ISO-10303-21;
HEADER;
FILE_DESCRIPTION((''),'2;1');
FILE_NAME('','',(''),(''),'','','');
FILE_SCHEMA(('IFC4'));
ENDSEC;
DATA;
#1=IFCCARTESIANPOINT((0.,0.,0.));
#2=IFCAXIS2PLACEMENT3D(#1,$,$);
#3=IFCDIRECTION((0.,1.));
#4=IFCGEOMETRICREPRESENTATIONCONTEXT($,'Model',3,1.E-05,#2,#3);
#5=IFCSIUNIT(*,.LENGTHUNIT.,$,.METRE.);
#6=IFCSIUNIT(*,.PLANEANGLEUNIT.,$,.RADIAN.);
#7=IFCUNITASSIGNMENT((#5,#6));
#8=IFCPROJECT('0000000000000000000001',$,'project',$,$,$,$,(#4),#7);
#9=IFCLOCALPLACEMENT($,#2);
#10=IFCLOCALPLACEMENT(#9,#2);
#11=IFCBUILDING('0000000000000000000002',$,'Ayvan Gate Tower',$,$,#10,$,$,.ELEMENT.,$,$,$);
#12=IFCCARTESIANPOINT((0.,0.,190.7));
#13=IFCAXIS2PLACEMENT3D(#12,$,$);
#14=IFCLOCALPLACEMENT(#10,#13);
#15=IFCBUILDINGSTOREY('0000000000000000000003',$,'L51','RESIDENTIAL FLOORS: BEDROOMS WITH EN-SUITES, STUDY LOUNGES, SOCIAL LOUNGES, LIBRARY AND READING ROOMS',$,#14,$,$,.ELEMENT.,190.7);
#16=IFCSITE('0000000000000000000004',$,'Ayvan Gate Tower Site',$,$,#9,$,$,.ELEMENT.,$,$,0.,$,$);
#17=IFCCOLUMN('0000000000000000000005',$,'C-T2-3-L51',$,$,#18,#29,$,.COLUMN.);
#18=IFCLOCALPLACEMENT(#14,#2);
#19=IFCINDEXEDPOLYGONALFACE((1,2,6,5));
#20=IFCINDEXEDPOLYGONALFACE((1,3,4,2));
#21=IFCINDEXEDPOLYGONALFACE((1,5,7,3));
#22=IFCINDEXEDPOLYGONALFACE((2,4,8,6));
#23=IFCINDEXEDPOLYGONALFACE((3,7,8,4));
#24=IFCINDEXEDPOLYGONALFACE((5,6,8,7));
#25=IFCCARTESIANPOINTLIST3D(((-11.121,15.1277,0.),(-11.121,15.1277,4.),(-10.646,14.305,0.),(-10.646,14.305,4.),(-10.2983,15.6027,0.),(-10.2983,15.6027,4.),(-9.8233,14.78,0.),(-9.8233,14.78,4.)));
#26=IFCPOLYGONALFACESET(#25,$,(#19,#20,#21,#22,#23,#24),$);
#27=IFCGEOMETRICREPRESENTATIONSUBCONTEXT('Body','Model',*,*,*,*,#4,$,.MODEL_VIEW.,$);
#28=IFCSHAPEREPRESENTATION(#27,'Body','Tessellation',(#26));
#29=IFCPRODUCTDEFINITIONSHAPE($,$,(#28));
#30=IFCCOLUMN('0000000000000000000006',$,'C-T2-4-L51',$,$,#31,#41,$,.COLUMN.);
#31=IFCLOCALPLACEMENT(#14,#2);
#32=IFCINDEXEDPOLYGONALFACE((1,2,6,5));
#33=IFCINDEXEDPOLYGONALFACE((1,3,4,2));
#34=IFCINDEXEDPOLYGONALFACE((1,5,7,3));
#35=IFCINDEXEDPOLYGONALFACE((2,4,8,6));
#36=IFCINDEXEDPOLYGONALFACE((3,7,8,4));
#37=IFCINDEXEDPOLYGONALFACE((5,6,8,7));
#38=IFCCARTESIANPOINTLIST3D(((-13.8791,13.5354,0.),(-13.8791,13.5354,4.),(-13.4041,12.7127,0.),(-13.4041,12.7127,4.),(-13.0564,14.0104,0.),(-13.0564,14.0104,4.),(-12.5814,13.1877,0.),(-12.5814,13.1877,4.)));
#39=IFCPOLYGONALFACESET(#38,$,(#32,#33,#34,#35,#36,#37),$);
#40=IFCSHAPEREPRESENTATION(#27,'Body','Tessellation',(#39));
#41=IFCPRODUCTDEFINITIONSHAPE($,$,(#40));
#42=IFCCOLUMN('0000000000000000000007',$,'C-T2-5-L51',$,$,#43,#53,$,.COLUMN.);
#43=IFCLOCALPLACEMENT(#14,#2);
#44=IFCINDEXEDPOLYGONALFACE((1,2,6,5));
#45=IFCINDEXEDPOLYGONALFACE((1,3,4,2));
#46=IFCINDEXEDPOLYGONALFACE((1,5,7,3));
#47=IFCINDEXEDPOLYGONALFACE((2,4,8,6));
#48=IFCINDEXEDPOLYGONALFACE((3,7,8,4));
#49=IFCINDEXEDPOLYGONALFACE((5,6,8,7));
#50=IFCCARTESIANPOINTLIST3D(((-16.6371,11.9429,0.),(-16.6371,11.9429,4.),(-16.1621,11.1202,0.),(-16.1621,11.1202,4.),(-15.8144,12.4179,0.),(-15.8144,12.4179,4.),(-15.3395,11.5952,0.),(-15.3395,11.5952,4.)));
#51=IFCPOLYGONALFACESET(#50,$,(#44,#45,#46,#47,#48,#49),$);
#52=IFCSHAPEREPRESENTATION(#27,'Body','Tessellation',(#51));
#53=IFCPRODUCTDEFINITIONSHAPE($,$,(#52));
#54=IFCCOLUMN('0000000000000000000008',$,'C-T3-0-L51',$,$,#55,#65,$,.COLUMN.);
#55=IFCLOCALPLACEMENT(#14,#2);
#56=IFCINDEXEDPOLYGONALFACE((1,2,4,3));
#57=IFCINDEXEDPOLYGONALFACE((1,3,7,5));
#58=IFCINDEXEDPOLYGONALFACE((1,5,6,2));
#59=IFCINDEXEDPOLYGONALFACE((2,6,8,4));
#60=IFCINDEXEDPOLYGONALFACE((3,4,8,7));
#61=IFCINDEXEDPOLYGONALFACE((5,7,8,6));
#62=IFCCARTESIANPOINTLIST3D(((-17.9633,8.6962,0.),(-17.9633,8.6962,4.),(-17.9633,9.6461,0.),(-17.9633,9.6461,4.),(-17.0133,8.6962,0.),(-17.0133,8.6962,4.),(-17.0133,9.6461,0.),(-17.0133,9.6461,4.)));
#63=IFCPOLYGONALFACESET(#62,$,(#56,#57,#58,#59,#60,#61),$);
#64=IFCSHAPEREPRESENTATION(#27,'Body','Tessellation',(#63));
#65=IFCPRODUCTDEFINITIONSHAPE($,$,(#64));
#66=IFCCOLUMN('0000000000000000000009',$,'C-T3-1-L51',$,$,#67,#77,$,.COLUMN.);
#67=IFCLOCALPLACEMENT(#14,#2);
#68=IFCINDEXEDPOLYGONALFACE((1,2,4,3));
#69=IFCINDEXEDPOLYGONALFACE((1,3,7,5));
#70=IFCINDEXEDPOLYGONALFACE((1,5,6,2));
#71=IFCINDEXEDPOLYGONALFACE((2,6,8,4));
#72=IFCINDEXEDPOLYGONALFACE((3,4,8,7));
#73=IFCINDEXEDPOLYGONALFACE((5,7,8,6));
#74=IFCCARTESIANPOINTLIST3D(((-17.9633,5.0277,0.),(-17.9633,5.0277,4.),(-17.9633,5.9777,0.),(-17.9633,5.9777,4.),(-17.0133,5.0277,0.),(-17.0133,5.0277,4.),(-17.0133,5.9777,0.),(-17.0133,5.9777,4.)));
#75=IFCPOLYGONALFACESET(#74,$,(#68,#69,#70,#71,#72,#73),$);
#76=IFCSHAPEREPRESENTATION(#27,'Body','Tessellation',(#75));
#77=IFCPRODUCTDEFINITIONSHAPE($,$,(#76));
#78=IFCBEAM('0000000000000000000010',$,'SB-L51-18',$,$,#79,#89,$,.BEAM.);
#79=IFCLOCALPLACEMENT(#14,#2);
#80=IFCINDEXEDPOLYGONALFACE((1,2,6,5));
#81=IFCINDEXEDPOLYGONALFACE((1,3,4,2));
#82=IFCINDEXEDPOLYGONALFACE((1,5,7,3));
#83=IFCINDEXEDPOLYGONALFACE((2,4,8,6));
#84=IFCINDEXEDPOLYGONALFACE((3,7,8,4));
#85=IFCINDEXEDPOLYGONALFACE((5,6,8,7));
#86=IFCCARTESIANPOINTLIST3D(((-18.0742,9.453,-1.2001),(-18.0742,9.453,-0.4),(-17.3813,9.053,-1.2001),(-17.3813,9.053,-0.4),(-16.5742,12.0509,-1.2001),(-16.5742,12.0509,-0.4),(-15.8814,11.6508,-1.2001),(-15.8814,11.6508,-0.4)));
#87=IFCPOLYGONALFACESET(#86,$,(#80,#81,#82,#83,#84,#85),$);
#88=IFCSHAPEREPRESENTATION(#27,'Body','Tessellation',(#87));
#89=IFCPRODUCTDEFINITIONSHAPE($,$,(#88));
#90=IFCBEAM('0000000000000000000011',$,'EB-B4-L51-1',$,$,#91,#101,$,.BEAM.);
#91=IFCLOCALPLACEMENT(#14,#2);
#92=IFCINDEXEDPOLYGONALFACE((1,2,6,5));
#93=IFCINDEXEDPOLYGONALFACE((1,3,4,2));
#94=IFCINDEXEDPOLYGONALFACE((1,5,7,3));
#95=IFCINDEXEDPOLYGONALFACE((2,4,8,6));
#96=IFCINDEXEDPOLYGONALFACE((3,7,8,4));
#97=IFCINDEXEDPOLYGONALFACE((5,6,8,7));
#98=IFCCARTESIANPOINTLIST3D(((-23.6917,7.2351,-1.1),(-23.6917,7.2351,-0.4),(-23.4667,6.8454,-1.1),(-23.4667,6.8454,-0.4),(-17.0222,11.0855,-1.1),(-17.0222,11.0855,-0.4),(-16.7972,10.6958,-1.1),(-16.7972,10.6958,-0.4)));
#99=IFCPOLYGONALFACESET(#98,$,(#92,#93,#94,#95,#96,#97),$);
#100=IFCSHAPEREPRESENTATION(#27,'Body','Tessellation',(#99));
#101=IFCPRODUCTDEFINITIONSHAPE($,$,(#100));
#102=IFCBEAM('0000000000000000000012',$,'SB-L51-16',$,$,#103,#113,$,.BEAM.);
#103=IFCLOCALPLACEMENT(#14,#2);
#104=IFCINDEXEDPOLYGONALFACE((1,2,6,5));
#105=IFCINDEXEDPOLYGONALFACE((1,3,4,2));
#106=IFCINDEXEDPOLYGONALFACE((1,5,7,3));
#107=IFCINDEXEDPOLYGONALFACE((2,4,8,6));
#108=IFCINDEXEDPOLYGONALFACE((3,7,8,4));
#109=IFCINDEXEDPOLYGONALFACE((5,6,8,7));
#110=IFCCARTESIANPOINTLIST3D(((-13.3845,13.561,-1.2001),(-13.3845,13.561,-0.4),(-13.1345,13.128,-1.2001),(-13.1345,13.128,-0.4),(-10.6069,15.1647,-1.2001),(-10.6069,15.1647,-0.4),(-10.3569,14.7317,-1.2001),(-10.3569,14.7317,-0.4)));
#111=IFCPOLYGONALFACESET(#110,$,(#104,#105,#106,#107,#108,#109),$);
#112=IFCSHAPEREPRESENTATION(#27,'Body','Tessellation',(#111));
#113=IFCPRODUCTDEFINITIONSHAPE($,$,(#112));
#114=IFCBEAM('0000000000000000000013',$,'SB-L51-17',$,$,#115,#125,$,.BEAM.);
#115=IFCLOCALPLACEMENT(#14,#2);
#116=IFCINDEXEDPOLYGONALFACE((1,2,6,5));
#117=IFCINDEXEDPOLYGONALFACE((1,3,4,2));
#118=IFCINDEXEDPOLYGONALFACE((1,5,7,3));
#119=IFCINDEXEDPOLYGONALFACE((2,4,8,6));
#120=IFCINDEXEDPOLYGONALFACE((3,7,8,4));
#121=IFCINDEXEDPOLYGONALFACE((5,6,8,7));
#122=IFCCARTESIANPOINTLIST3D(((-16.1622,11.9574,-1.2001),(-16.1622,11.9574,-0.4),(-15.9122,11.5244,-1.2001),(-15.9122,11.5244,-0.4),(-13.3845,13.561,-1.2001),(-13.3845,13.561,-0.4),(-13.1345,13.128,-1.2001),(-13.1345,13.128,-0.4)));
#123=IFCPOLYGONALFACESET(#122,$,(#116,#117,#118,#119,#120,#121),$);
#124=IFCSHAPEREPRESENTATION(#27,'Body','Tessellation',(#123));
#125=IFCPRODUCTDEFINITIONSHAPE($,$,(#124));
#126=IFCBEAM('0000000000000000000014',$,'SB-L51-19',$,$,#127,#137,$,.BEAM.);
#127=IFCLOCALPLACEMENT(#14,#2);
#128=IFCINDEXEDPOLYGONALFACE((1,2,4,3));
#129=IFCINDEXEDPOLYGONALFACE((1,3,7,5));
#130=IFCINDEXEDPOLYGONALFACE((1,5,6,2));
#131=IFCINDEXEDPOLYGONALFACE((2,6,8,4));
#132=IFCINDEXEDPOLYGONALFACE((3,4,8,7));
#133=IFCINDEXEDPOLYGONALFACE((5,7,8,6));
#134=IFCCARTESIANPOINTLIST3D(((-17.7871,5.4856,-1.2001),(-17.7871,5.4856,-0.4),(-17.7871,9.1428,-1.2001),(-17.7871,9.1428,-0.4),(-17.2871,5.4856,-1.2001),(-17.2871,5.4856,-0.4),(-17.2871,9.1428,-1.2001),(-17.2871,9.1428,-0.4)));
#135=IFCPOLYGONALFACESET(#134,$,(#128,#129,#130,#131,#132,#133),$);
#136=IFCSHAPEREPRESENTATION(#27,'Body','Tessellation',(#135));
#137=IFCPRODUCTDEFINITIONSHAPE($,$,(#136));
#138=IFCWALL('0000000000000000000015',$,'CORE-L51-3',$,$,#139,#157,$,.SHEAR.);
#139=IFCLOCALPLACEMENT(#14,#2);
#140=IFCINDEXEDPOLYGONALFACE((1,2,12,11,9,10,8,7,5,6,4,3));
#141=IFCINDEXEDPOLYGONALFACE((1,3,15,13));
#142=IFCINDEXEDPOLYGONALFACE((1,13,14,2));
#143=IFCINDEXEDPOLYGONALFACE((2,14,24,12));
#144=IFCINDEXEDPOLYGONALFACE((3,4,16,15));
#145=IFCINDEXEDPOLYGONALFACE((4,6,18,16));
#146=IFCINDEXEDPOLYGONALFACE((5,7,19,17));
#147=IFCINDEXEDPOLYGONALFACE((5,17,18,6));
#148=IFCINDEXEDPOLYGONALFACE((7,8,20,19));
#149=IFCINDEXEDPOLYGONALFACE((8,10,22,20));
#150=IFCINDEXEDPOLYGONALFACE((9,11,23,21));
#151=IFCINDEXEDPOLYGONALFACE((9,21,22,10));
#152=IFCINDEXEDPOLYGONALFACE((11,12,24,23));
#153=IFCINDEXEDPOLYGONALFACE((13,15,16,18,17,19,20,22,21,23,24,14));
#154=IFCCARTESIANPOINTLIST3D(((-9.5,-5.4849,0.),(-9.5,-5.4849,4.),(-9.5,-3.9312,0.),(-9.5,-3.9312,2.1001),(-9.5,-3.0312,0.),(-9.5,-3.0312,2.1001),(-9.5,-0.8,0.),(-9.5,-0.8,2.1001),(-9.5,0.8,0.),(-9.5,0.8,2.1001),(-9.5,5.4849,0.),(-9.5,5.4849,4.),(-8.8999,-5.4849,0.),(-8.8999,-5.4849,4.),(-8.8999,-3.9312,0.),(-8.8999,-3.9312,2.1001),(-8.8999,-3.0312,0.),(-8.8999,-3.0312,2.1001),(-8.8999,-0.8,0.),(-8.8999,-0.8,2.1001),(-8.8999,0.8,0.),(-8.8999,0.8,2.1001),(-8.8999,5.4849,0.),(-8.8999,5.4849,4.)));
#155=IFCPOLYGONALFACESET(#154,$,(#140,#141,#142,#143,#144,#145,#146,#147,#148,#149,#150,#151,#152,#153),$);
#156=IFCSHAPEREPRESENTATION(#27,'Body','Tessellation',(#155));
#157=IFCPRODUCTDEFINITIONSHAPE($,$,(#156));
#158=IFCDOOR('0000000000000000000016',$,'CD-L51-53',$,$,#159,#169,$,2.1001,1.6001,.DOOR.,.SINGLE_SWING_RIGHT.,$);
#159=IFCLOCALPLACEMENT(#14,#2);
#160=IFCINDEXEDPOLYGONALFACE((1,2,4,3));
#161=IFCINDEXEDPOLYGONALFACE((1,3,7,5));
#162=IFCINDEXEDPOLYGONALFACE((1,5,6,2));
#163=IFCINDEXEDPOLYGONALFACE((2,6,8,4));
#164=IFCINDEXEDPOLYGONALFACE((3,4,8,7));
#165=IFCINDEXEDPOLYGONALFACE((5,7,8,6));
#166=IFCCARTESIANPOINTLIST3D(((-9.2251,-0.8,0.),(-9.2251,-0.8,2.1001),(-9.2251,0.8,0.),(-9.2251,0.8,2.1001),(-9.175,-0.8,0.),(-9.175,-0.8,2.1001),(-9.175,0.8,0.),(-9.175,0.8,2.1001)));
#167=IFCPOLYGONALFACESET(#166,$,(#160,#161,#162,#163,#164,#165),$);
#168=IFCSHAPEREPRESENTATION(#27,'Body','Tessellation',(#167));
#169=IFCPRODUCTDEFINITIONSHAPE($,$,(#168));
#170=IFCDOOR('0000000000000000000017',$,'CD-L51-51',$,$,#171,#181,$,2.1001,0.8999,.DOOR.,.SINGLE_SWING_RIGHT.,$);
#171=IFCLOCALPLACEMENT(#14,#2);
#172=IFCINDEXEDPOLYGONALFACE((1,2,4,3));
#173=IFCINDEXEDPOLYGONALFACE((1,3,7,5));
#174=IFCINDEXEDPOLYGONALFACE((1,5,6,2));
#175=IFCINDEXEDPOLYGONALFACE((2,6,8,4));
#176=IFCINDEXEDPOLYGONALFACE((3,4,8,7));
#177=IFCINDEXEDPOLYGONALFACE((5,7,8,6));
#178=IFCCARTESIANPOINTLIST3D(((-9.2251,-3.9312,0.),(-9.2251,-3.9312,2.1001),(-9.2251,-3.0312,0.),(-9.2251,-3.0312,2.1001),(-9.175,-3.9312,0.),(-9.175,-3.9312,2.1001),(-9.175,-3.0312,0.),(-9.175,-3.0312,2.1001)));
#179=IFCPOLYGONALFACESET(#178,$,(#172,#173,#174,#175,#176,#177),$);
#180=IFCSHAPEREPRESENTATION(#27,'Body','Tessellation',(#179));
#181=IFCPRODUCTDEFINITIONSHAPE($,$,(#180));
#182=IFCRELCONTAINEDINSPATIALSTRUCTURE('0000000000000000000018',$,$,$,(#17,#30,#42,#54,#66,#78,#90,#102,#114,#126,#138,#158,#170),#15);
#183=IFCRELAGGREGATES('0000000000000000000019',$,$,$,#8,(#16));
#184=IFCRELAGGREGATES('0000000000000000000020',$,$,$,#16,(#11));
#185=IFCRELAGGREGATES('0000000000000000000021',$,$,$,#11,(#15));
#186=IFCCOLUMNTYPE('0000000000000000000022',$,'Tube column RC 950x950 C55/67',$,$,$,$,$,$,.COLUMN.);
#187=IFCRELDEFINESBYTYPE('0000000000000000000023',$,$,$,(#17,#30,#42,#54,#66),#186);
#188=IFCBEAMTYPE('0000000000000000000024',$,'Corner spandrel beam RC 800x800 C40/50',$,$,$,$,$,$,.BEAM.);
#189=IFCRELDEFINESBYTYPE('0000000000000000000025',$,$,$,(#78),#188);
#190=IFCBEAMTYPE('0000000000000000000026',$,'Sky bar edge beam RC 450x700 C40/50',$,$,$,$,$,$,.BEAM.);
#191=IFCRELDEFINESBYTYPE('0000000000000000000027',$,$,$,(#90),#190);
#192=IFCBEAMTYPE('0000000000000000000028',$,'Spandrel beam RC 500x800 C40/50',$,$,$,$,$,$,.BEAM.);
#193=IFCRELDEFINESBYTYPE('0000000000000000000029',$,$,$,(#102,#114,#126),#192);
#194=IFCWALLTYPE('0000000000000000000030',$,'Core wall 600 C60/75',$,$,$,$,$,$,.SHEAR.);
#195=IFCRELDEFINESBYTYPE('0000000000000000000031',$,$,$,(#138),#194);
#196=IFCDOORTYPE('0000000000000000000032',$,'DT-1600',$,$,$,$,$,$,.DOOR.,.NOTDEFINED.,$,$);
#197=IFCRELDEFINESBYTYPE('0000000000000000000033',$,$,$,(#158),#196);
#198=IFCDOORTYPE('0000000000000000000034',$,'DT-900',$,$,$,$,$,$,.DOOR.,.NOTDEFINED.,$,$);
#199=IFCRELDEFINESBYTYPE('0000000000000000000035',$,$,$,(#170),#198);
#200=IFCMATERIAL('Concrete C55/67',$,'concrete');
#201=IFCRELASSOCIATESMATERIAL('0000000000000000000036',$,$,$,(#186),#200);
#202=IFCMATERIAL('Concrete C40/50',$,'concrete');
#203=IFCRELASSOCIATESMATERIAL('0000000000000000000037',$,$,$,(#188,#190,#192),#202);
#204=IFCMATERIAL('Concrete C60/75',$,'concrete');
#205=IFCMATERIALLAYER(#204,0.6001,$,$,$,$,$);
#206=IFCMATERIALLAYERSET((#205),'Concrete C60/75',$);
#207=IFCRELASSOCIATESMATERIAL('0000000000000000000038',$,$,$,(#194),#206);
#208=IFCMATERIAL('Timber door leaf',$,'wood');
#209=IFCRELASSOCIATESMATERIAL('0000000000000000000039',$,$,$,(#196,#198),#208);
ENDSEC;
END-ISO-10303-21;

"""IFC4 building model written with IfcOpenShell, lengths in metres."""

from ifc_helpers import new_model, si_unit, direction, frame, frame_2d, origin, origin_2d, place, context, subcontext, project, spatial, rectangle, extrude, material, layer, layer_set, material_profile, profile_set, type_object, element, fill, save


model = new_model("IFC4")

# Units and contexts
model_context = context("Model", 3, precision=1e-05, world=origin(), true_north=direction((0.0, 1.0)))
body_context = subcontext(model_context, "Body", "Model", "MODEL_VIEW")
ifc_project = project(units=[si_unit("LENGTHUNIT", "METRE"), si_unit("PLANEANGLEUNIT", "RADIAN")], contexts=[model_context])

# Site, building, storey
site_placement = place(None, origin())
site = spatial("IfcSite", under=ifc_project, at=site_placement, Name="Ayvan Gate Tower Site", CompositionType="ELEMENT", RefElevation=0.0)
building_placement = place(site_placement, origin())
building = spatial("IfcBuilding", under=site, at=building_placement, Name="Ayvan Gate Tower", CompositionType="ELEMENT")
storey_placement = place(building_placement, frame((0.0, 0.0, 190.7)))
storey = spatial("IfcBuildingStorey", under=building, at=storey_placement, Name="L51", Description="RESIDENTIAL FLOORS: BEDROOMS WITH EN-SUITES, STUDY LOUNGES, SOCIAL LOUNGES, LIBRARY AND READING ROOMS", CompositionType="ELEMENT", Elevation=190.7)

# Columns
ifc_material_1 = material(Name="Concrete C55/67", Category="concrete")
ifc_material_profile_1 = material_profile(ifc_material_1, rectangle(XDim=0.95, YDim=0.95, at=origin_2d()), Name="RC 950x950")
ifc_profile_set_1 = profile_set([ifc_material_profile_1], Name="Concrete C55/67")
column_type = type_object("IfcColumnType", Name="Tube column RC 950x950 C55/67", PredefinedType="COLUMN", material=ifc_profile_set_1)
for number, where, z_axis, x_axis, name in (
    (1, (-10.4722, 14.9539, 0.0), (0.0, 0.0, 1.0), (-0.5, 0.866025, 0.0), "C-T2-3-L51"),
    (2, (-13.2302, 13.3616, 0.0), (0.0, 0.0, 1.0), (-0.5, 0.866025, 0.0), "C-T2-4-L51"),
    (3, (-15.9883, 11.769, 0.0), (0.0, 0.0, 1.0), (-0.5, 0.866025, 0.0), "C-T2-5-L51"),
    (4, (-17.4883, 9.1711, 0.0), (0.0, 0.0, 1.0), (-1.0, 0.0, 0.0), "C-T3-0-L51"),
    (5, (-17.4883, 5.5027, 0.0), (0.0, 0.0, 1.0), (-1.0, 0.0, 0.0), "C-T3-1-L51"),
):
    element("IfcColumn", number, at=place(storey_placement, frame(where, z_axis=z_axis, x_axis=x_axis)), inside=storey, type_object=column_type, Name=name, PredefinedType="COLUMN", context=body_context, shape_type="SweptSolid", body=[
        extrude(rectangle(XDim=0.95, YDim=0.95, at=origin_2d()), origin(), (0.0, 0.0, 1.0), 4.0),
    ])

# Beams
ifc_material_2 = material(Name="Concrete C40/50", Category="concrete")
ifc_material_profile_2 = material_profile(ifc_material_2, rectangle(XDim=0.8, YDim=0.8, at=origin_2d()), Name="RC 800x800")
ifc_profile_set_2 = profile_set([ifc_material_profile_2], Name="Concrete C40/50")
beam_type_1 = type_object("IfcBeamType", Name="Corner spandrel beam RC 800x800 C40/50", PredefinedType="BEAM", material=ifc_profile_set_2)
beam_1_placement = place(storey_placement, frame((-16.2278, 11.8508, -0.8), z_axis=(-0.500025, -0.866011, 0.0), x_axis=(0.866011, -0.500025, 0.0)))
element("IfcBeam", 6, at=beam_1_placement, inside=storey, type_object=beam_type_1, Name="SB-L51-18", PredefinedType="BEAM", context=body_context, shape_type="SweptSolid", body=[
    extrude(rectangle(XDim=0.8, YDim=0.8, at=origin_2d()), origin(), (0.0, 0.0, 1.0), 2.9998),
])
ifc_material_profile_3 = material_profile(ifc_material_2, rectangle(XDim=0.45, YDim=0.7, at=origin_2d()), Name="RC 450x700")
ifc_profile_set_3 = profile_set([ifc_material_profile_3], Name="Concrete C40/50")
beam_type_2 = type_object("IfcBeamType", Name="Sky bar edge beam RC 450x700 C40/50", PredefinedType="BEAM", material=ifc_profile_set_3)
beam_2_placement = place(storey_placement, frame((-16.9097, 10.8906, -0.75), z_axis=(-0.86604, -0.499975, 0.0), x_axis=(0.499975, -0.86604, 0.0)))
element("IfcBeam", 7, at=beam_2_placement, inside=storey, type_object=beam_type_2, Name="EB-B4-L51-1", PredefinedType="BEAM", context=body_context, shape_type="SweptSolid", body=[
    extrude(rectangle(XDim=0.45, YDim=0.7, at=origin_2d()), origin(), (0.0, 0.0, 1.0), 7.7012),
])
ifc_material_profile_4 = material_profile(ifc_material_2, rectangle(XDim=0.5, YDim=0.8, at=origin_2d()), Name="RC 500x800")
ifc_profile_set_4 = profile_set([ifc_material_profile_4], Name="Concrete C40/50")
beam_type_3 = type_object("IfcBeamType", Name="Spandrel beam RC 500x800 C40/50", PredefinedType="BEAM", material=ifc_profile_set_4)
for number, where, z_axis, x_axis, name in (
    (8, (-10.4819, 14.9482, -0.8), (-0.866009, -0.500028, 0.0), (0.500028, -0.866009, 0.0), "SB-L51-16"),
    (9, (-13.2595, 13.3445, -0.8), (-0.866042, -0.499971, 0.0), (0.499971, -0.866042, 0.0), "SB-L51-17"),
):
    element("IfcBeam", number, at=place(storey_placement, frame(where, z_axis=z_axis, x_axis=x_axis)), inside=storey, type_object=beam_type_3, Name=name, PredefinedType="BEAM", context=body_context, shape_type="SweptSolid", body=[
        extrude(rectangle(XDim=0.5, YDim=0.8, at=origin_2d()), origin(), (0.0, 0.0, 1.0), 3.2073),
    ])
beam_3_placement = place(storey_placement, frame((-17.5371, 9.1428, -0.8), z_axis=(0.0, -1.0, 0.0), x_axis=(1.0, 0.0, 0.0)))
element("IfcBeam", 10, at=beam_3_placement, inside=storey, type_object=beam_type_3, Name="SB-L51-19", PredefinedType="BEAM", context=body_context, shape_type="SweptSolid", body=[
    extrude(rectangle(XDim=0.5, YDim=0.8, at=origin_2d()), origin(), (0.0, 0.0, 1.0), 3.6572),
])

# Wall, openings, doors
ifc_material_3 = material(Name="Concrete C60/75", Category="concrete")
ifc_layer_1 = layer(ifc_material_3, 0.6001)
ifc_layer_set_1 = layer_set([ifc_layer_1], Name="Concrete C60/75")
wall_type_1 = type_object("IfcWallType", Name="Core wall 600 C60/75", PredefinedType="SHEAR", material=ifc_layer_set_1)
wall_1_placement = place(storey_placement, frame((-9.2, 5.4849, 0.0), z_axis=(0.0, 0.0, 1.0), x_axis=(0.0, -1.0, 0.0)))
wall_1 = element("IfcWall", 11, at=wall_1_placement, inside=storey, type_object=wall_type_1, Name="CORE-L51-3", PredefinedType="SHEAR", context=body_context, shape_type="SweptSolid", body=[
    extrude(rectangle(XDim=10.9697, YDim=0.6001, at=frame_2d((5.4849, 0.0))), origin(), (0.0, 0.0, 1.0), 4.0),
])
opening_1_placement = place(wall_1_placement, frame((8.5161, 0.0, 0.0)))
opening_1 = element("IfcOpeningElement", 12, at=opening_1_placement, cuts=wall_1, PredefinedType="OPENING", context=body_context, shape_type="SweptSolid", body=[
    extrude(rectangle(XDim=0.8999, YDim=2.1001, at=frame_2d((0.45, 1.05))), frame((0.0, 0.3101, 0.0), z_axis=(0.0, -1.0, 0.0), x_axis=(1.0, 0.0, 0.0)), (0.0, 0.0, 1.0), 0.6201),
])
opening_2_placement = place(wall_1_placement, frame((4.6848, 0.0, 0.0)))
opening_2 = element("IfcOpeningElement", 13, at=opening_2_placement, cuts=wall_1, PredefinedType="OPENING", context=body_context, shape_type="SweptSolid", body=[
    extrude(rectangle(XDim=1.6001, YDim=2.1001, at=frame_2d((0.8, 1.05))), frame((0.0, 0.3101, 0.0), z_axis=(0.0, -1.0, 0.0), x_axis=(1.0, 0.0, 0.0)), (0.0, 0.0, 1.0), 0.6201),
])
ifc_material_4 = material(Name="Timber door leaf", Category="wood")
door_type_1 = type_object("IfcDoorType", Name="DT-1600", OperationType="NOTDEFINED", PredefinedType="DOOR", material=ifc_material_4)
door_1_placement = place(opening_2_placement, origin())
door_1 = element("IfcDoor", 14, at=door_1_placement, inside=storey, type_object=door_type_1, Name="CD-L51-53", OperationType="SINGLE_SWING_RIGHT", OverallHeight=2.1001, OverallWidth=1.6001, PredefinedType="DOOR", context=body_context, shape_type="SweptSolid", body=[
    extrude(rectangle(XDim=1.6001, YDim=2.1001, at=frame_2d((0.8, 1.05))), frame((0.0, 0.0249, 0.0), z_axis=(0.0, -1.0, 0.0), x_axis=(1.0, 0.0, 0.0)), (0.0, 0.0, 1.0), 0.05),
])
fill(opening_2, door_1)
door_type_2 = type_object("IfcDoorType", Name="DT-900", OperationType="NOTDEFINED", PredefinedType="DOOR", material=ifc_material_4)
door_2_placement = place(opening_1_placement, origin())
door_2 = element("IfcDoor", 15, at=door_2_placement, inside=storey, type_object=door_type_2, Name="CD-L51-51", OperationType="SINGLE_SWING_RIGHT", OverallHeight=2.1001, OverallWidth=0.8999, PredefinedType="DOOR", context=body_context, shape_type="SweptSolid", body=[
    extrude(rectangle(XDim=0.8999, YDim=2.1001, at=frame_2d((0.45, 1.05))), frame((0.0, 0.0249, 0.0), z_axis=(0.0, -1.0, 0.0), x_axis=(1.0, 0.0, 0.0)), (0.0, 0.0, 1.0), 0.05),
])
fill(opening_1, door_2)

save(model, "model.ifc")
